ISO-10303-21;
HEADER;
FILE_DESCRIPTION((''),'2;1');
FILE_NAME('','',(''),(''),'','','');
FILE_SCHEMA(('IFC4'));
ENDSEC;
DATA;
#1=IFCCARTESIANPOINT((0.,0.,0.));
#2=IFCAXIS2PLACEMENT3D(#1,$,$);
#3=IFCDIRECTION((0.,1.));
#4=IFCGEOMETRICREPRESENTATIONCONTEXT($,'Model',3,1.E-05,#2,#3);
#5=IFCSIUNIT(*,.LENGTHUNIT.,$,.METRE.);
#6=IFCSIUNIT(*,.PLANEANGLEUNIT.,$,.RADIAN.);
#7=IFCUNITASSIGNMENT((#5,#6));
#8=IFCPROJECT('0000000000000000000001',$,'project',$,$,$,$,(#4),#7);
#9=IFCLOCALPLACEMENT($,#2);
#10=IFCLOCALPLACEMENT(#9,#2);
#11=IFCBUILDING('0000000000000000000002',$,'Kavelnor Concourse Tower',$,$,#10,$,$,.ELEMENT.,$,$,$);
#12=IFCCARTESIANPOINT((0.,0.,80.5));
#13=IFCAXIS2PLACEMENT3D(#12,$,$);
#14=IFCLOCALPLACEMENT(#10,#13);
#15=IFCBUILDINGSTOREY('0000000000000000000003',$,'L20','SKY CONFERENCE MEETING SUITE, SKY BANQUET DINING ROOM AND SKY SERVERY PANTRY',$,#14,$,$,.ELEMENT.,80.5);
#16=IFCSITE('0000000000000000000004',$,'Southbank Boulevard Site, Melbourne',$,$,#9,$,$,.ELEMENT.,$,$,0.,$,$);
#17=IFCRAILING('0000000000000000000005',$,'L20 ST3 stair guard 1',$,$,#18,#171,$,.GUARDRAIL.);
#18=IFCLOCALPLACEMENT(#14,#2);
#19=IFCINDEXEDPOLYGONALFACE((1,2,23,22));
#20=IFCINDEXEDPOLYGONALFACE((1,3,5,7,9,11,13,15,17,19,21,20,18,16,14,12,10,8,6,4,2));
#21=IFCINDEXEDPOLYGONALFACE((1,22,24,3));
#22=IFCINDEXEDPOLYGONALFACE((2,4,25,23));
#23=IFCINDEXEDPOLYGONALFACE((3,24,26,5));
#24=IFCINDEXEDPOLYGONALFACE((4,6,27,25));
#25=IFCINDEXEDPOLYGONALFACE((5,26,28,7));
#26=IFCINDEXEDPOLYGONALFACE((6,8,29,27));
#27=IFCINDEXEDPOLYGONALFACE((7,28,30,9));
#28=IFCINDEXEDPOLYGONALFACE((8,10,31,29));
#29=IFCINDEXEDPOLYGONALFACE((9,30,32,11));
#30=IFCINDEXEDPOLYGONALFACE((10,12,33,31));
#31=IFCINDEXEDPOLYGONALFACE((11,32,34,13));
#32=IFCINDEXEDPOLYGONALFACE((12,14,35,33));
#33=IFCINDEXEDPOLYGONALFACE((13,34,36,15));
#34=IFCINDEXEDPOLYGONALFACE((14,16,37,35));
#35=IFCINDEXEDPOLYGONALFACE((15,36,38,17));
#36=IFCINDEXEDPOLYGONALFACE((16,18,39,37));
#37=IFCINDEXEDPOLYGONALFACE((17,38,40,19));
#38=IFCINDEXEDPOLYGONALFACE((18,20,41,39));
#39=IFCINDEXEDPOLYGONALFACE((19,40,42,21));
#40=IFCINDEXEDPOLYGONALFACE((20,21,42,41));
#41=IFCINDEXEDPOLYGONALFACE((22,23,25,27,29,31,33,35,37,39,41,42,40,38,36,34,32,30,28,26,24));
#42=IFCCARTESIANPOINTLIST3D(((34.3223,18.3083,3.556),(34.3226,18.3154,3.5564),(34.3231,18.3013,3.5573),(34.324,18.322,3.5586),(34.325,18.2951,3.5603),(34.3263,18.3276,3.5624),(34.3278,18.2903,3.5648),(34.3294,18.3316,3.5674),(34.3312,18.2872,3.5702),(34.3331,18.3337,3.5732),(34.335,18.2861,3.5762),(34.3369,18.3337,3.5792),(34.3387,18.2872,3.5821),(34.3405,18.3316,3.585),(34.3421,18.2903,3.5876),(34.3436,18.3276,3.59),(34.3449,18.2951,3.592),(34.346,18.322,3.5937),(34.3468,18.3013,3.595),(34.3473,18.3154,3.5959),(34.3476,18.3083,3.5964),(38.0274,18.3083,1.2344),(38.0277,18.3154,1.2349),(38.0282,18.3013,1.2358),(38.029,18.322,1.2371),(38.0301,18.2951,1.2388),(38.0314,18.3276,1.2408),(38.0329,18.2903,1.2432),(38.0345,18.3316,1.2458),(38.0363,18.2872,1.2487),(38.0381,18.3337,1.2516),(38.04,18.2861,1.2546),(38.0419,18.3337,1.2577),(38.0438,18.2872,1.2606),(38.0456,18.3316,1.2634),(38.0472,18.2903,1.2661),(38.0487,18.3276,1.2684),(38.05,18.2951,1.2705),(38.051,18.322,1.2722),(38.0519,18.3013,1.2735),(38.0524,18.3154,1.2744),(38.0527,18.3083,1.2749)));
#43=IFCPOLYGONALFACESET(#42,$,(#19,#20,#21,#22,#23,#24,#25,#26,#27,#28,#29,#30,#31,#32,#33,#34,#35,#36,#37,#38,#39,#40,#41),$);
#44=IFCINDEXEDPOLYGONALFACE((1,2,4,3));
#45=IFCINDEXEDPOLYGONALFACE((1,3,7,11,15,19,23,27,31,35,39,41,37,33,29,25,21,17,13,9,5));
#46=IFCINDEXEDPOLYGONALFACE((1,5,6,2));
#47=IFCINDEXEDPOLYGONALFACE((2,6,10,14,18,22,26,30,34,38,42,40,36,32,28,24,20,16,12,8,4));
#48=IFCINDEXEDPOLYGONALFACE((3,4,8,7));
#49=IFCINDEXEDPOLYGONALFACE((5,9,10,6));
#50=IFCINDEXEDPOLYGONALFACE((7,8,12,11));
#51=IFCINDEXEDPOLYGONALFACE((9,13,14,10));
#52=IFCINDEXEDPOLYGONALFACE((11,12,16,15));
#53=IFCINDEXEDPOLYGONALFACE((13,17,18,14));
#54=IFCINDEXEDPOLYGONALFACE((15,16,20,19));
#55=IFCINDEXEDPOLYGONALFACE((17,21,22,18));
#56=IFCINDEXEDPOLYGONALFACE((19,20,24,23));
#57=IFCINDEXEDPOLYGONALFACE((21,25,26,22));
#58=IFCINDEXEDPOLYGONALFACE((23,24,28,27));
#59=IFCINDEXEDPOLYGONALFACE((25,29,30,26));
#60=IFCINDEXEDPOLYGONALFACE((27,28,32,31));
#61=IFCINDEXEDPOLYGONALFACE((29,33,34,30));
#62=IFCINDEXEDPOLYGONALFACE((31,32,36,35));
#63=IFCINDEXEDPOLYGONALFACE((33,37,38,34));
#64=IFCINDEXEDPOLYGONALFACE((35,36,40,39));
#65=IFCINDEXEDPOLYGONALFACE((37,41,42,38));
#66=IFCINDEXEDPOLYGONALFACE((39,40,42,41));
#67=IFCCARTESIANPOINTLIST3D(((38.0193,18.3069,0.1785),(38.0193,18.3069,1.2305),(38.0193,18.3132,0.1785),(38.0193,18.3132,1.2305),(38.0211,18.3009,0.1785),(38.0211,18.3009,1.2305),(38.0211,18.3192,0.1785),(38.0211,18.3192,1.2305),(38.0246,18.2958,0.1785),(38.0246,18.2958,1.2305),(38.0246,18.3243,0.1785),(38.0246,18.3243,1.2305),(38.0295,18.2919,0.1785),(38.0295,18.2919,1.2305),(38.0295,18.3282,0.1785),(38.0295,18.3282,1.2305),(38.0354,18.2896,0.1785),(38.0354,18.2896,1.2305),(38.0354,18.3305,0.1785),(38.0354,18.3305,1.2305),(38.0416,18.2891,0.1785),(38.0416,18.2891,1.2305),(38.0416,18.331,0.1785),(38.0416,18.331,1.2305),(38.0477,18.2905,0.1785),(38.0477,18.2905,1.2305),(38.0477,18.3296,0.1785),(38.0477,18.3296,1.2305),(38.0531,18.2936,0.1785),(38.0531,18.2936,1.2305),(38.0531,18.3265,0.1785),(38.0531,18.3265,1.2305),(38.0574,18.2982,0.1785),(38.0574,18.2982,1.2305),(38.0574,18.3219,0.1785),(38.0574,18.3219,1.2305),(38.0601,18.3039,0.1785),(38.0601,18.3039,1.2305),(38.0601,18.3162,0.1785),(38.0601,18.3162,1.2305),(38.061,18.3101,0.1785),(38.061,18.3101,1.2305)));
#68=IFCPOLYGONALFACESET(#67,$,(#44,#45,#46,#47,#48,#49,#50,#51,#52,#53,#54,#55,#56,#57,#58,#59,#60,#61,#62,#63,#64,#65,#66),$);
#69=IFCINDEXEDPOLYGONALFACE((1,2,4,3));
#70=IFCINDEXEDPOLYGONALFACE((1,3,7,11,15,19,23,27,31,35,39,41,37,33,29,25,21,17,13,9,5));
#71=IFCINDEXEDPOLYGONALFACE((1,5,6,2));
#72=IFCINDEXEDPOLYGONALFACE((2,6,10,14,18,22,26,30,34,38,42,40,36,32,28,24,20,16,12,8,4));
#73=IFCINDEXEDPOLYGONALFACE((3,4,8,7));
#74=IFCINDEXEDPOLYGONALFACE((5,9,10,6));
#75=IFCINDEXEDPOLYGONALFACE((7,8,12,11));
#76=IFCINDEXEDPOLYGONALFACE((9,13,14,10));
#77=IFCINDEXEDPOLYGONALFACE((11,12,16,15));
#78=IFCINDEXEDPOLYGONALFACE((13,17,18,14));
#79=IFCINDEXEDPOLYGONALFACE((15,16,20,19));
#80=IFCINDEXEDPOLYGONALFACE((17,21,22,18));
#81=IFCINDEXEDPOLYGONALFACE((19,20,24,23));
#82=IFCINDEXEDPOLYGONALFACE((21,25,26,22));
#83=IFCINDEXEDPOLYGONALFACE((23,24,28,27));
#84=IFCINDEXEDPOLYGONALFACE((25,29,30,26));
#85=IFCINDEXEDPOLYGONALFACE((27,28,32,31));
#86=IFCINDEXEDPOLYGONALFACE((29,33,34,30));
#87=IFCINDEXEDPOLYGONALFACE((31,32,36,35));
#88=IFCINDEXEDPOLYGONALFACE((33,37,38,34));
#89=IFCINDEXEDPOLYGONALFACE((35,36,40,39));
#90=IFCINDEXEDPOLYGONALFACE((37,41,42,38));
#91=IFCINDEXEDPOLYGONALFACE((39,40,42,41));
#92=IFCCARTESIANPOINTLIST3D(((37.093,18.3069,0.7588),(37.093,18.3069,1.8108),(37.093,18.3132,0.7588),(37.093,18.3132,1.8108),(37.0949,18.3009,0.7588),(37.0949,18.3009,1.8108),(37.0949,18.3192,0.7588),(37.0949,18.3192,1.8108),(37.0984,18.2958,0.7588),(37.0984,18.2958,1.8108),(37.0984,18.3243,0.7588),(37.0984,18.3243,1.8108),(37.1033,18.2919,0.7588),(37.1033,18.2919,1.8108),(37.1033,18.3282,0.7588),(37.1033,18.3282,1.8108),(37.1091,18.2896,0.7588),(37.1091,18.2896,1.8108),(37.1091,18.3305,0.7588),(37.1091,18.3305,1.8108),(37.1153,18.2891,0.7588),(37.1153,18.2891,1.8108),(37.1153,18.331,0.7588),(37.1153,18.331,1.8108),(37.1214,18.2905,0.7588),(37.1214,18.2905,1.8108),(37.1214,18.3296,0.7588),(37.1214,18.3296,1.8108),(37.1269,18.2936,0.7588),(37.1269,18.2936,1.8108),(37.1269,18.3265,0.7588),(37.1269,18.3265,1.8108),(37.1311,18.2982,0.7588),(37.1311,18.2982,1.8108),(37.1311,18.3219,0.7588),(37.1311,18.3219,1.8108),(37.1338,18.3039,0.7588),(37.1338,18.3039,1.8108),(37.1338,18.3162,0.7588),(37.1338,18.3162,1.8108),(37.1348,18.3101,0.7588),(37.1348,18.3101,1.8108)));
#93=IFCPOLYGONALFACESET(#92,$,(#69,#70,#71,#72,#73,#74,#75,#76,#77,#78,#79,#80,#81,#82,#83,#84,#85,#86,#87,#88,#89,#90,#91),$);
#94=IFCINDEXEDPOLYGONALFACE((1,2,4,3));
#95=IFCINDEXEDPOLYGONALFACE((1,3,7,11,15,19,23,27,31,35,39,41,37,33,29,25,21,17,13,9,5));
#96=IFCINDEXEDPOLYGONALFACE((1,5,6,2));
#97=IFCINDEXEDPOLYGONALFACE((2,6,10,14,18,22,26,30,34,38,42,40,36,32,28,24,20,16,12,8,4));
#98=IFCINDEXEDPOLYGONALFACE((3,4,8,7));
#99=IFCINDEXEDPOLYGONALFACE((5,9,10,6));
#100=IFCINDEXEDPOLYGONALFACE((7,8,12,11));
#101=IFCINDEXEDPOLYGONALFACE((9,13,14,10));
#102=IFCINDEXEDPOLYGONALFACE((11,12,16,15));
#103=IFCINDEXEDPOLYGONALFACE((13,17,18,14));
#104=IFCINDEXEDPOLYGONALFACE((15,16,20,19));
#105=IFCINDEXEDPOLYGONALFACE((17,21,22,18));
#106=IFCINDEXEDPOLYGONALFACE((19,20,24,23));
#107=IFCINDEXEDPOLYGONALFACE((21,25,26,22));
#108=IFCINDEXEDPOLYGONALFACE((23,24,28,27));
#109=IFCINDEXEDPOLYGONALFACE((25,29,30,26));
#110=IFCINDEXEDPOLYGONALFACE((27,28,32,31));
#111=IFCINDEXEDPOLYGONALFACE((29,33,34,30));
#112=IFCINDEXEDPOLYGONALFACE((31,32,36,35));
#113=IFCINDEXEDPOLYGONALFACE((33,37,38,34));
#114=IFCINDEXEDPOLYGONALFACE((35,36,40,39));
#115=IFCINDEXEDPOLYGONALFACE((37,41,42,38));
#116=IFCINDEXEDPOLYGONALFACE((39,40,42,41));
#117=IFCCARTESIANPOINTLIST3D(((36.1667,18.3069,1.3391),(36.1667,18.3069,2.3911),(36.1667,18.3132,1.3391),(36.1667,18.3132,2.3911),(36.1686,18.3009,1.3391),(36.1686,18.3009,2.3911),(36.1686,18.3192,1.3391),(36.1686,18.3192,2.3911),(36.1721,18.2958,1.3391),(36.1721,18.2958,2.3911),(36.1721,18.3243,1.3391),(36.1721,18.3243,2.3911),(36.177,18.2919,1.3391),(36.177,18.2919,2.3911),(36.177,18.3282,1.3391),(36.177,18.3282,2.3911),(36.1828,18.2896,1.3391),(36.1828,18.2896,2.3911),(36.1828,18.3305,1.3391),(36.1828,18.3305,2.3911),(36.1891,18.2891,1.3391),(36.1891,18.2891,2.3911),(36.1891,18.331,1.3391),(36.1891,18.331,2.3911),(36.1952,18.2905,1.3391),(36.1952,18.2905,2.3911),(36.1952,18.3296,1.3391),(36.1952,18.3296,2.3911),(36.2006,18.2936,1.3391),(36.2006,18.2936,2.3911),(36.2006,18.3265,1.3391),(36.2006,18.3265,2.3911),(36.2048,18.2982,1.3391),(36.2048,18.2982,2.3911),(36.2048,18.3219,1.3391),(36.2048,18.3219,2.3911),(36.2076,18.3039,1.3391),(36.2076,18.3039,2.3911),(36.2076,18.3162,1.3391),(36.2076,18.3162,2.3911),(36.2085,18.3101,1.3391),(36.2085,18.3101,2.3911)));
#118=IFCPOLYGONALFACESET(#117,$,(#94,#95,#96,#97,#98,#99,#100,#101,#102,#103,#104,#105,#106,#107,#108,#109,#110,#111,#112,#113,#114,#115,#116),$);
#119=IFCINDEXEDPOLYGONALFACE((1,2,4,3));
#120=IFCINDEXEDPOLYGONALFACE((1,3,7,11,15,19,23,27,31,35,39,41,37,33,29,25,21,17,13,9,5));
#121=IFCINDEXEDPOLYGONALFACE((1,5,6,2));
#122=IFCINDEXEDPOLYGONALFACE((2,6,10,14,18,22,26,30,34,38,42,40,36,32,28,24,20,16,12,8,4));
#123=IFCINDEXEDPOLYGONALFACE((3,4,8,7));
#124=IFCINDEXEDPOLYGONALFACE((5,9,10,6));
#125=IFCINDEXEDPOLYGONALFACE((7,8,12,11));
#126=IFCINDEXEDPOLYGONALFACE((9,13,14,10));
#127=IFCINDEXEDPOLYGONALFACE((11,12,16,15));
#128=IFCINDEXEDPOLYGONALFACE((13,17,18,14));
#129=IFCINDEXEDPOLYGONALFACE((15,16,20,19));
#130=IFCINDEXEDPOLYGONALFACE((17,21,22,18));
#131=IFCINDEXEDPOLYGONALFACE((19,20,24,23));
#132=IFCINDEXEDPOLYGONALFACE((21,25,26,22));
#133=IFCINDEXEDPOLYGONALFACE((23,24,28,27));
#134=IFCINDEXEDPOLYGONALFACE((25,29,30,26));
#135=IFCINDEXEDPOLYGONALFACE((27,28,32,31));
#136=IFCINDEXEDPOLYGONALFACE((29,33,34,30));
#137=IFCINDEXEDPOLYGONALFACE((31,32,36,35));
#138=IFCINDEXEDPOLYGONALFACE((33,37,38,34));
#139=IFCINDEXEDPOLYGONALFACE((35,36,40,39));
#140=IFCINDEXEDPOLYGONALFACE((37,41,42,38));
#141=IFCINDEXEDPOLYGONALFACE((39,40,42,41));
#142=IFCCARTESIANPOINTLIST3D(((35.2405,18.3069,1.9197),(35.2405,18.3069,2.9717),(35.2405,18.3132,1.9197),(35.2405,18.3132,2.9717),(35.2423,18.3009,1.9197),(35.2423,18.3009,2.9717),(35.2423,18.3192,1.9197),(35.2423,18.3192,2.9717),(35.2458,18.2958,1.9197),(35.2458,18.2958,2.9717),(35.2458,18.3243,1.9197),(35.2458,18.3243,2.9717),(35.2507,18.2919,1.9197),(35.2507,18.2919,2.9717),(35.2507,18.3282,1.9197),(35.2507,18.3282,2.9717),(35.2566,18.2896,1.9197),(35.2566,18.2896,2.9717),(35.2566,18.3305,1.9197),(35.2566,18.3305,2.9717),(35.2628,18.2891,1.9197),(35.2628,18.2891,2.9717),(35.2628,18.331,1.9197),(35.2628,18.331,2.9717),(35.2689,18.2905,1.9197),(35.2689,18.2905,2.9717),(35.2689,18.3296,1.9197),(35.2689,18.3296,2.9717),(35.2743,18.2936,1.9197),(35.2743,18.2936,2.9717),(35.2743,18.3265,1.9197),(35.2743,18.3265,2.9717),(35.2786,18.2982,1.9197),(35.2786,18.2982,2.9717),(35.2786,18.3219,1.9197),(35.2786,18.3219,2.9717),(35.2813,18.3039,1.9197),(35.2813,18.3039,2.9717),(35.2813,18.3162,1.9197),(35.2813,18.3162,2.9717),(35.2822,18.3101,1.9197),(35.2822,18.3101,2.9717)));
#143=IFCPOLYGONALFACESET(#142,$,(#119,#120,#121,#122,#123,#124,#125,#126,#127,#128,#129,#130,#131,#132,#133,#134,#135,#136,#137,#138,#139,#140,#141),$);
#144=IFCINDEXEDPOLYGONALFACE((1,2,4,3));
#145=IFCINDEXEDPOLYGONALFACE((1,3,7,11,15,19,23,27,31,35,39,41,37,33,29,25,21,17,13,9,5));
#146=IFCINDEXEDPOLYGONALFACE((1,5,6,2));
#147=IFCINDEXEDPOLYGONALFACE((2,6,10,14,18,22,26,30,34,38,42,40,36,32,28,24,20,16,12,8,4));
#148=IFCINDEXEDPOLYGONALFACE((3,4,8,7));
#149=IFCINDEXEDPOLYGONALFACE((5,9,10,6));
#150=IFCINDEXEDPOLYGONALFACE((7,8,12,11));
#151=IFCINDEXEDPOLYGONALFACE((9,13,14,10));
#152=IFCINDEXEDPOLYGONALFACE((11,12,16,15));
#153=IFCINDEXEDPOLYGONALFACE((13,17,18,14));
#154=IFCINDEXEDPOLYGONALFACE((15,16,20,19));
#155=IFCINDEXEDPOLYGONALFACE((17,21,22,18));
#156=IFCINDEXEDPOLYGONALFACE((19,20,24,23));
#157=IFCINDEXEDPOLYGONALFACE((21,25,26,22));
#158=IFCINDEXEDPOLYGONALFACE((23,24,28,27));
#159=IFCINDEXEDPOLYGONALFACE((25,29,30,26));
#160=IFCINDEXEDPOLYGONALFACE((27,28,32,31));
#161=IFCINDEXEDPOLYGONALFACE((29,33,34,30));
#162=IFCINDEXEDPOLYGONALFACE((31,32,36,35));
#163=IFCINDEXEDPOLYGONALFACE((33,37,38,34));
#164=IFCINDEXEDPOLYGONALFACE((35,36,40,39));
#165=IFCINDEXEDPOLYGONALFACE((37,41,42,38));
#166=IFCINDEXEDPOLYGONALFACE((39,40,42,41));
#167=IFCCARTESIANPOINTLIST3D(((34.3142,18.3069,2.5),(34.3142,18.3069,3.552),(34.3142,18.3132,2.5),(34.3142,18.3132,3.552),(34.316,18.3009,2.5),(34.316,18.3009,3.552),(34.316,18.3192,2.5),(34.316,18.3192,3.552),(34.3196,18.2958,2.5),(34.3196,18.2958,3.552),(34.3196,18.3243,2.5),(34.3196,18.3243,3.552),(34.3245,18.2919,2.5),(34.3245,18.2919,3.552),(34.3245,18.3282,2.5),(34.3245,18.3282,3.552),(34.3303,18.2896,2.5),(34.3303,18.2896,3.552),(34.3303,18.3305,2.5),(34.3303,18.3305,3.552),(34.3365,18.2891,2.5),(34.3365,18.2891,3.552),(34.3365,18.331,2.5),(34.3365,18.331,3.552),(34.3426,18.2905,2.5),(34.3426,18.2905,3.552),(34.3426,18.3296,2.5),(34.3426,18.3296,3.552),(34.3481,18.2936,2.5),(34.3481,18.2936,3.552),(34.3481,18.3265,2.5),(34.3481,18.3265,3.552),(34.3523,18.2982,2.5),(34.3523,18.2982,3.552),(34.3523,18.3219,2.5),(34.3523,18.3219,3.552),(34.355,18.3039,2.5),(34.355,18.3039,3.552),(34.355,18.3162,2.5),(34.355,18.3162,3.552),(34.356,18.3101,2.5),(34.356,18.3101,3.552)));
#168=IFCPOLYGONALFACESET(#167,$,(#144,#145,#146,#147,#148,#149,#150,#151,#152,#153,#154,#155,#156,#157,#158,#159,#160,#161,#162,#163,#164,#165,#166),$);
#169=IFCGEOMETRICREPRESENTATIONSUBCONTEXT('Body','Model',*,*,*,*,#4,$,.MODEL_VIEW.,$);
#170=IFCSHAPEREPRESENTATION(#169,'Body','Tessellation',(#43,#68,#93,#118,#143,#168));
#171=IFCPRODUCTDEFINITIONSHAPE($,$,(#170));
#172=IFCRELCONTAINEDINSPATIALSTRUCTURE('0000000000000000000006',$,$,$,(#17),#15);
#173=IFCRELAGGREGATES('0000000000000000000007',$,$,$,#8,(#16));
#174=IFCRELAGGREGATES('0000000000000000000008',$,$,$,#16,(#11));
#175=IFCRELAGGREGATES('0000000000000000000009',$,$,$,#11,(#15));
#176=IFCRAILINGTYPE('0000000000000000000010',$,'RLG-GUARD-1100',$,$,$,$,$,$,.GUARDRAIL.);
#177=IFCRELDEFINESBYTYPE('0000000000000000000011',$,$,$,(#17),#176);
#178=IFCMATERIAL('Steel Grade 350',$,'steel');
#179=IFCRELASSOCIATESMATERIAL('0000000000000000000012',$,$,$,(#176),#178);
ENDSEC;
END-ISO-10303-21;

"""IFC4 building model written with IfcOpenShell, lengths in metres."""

from ifc_helpers import new_model, si_unit, direction, frame, origin, origin_2d, place, context, subcontext, project, spatial, circle, extrude, material, type_object, element, save


model = new_model("IFC4")

# Units and contexts
model_context = context("Model", 3, precision=1e-05, world=origin(), true_north=direction((0.0, 1.0)))
body_context = subcontext(model_context, "Body", "Model", "MODEL_VIEW")
ifc_project = project(units=[si_unit("LENGTHUNIT", "METRE"), si_unit("PLANEANGLEUNIT", "RADIAN")], contexts=[model_context])

# Site, building, storey
site_placement = place(None, origin())
site = spatial("IfcSite", under=ifc_project, at=site_placement, Name="Southbank Boulevard Site, Melbourne", CompositionType="ELEMENT", RefElevation=0.0)
building_placement = place(site_placement, origin())
building = spatial("IfcBuilding", under=site, at=building_placement, Name="Kavelnor Concourse Tower", CompositionType="ELEMENT")
storey_placement = place(building_placement, frame((0.0, 0.0, 80.5)))
storey = spatial("IfcBuildingStorey", under=building, at=storey_placement, Name="L20", Description="SKY CONFERENCE MEETING SUITE, SKY BANQUET DINING ROOM AND SKY SERVERY PANTRY", CompositionType="ELEMENT", Elevation=80.5)

# Shared definitions
ifc_material_1 = material(Name="Steel Grade 350", Category="steel")

# Railing
railing_type_1 = type_object("IfcRailingType", Name="RLG-GUARD-1100", PredefinedType="GUARDRAIL", material=ifc_material_1)
railing_1_placement = place(storey_placement, frame((38.04, 18.3101, 0.1785)))
element("IfcRailing", 1, at=railing_1_placement, inside=storey, type_object=railing_type_1, Name="L20 ST3 stair guard 1", PredefinedType="GUARDRAIL", context=body_context, shape_type="SweptSolid", body=[
    extrude(circle(Radius=0.0239, at=origin_2d()), frame((0.0, 0.0, 1.0762), z_axis=(-0.847395, 0.0, 0.530962), x_axis=(0.0, -1.0, 0.0)), (0.0, 0.0, 1.0), 4.3723),
    extrude(circle(Radius=0.021, at=origin_2d()), origin(), (0.0, 0.0, 1.0), 1.052),
    extrude(circle(Radius=0.021, at=origin_2d()), frame((-0.9263, 0.0, 0.5803)), (0.0, 0.0, 1.0), 1.052),
    extrude(circle(Radius=0.021, at=origin_2d()), frame((-1.8525, 0.0, 1.1606)), (0.0, 0.0, 1.0), 1.052),
    extrude(circle(Radius=0.021, at=origin_2d()), frame((-2.7788, 0.0, 1.7412)), (0.0, 0.0, 1.0), 1.052),
    extrude(circle(Radius=0.021, at=origin_2d()), frame((-3.7051, 0.0, 2.3215)), (0.0, 0.0, 1.0), 1.052),
])

save(model, "model.ifc")
